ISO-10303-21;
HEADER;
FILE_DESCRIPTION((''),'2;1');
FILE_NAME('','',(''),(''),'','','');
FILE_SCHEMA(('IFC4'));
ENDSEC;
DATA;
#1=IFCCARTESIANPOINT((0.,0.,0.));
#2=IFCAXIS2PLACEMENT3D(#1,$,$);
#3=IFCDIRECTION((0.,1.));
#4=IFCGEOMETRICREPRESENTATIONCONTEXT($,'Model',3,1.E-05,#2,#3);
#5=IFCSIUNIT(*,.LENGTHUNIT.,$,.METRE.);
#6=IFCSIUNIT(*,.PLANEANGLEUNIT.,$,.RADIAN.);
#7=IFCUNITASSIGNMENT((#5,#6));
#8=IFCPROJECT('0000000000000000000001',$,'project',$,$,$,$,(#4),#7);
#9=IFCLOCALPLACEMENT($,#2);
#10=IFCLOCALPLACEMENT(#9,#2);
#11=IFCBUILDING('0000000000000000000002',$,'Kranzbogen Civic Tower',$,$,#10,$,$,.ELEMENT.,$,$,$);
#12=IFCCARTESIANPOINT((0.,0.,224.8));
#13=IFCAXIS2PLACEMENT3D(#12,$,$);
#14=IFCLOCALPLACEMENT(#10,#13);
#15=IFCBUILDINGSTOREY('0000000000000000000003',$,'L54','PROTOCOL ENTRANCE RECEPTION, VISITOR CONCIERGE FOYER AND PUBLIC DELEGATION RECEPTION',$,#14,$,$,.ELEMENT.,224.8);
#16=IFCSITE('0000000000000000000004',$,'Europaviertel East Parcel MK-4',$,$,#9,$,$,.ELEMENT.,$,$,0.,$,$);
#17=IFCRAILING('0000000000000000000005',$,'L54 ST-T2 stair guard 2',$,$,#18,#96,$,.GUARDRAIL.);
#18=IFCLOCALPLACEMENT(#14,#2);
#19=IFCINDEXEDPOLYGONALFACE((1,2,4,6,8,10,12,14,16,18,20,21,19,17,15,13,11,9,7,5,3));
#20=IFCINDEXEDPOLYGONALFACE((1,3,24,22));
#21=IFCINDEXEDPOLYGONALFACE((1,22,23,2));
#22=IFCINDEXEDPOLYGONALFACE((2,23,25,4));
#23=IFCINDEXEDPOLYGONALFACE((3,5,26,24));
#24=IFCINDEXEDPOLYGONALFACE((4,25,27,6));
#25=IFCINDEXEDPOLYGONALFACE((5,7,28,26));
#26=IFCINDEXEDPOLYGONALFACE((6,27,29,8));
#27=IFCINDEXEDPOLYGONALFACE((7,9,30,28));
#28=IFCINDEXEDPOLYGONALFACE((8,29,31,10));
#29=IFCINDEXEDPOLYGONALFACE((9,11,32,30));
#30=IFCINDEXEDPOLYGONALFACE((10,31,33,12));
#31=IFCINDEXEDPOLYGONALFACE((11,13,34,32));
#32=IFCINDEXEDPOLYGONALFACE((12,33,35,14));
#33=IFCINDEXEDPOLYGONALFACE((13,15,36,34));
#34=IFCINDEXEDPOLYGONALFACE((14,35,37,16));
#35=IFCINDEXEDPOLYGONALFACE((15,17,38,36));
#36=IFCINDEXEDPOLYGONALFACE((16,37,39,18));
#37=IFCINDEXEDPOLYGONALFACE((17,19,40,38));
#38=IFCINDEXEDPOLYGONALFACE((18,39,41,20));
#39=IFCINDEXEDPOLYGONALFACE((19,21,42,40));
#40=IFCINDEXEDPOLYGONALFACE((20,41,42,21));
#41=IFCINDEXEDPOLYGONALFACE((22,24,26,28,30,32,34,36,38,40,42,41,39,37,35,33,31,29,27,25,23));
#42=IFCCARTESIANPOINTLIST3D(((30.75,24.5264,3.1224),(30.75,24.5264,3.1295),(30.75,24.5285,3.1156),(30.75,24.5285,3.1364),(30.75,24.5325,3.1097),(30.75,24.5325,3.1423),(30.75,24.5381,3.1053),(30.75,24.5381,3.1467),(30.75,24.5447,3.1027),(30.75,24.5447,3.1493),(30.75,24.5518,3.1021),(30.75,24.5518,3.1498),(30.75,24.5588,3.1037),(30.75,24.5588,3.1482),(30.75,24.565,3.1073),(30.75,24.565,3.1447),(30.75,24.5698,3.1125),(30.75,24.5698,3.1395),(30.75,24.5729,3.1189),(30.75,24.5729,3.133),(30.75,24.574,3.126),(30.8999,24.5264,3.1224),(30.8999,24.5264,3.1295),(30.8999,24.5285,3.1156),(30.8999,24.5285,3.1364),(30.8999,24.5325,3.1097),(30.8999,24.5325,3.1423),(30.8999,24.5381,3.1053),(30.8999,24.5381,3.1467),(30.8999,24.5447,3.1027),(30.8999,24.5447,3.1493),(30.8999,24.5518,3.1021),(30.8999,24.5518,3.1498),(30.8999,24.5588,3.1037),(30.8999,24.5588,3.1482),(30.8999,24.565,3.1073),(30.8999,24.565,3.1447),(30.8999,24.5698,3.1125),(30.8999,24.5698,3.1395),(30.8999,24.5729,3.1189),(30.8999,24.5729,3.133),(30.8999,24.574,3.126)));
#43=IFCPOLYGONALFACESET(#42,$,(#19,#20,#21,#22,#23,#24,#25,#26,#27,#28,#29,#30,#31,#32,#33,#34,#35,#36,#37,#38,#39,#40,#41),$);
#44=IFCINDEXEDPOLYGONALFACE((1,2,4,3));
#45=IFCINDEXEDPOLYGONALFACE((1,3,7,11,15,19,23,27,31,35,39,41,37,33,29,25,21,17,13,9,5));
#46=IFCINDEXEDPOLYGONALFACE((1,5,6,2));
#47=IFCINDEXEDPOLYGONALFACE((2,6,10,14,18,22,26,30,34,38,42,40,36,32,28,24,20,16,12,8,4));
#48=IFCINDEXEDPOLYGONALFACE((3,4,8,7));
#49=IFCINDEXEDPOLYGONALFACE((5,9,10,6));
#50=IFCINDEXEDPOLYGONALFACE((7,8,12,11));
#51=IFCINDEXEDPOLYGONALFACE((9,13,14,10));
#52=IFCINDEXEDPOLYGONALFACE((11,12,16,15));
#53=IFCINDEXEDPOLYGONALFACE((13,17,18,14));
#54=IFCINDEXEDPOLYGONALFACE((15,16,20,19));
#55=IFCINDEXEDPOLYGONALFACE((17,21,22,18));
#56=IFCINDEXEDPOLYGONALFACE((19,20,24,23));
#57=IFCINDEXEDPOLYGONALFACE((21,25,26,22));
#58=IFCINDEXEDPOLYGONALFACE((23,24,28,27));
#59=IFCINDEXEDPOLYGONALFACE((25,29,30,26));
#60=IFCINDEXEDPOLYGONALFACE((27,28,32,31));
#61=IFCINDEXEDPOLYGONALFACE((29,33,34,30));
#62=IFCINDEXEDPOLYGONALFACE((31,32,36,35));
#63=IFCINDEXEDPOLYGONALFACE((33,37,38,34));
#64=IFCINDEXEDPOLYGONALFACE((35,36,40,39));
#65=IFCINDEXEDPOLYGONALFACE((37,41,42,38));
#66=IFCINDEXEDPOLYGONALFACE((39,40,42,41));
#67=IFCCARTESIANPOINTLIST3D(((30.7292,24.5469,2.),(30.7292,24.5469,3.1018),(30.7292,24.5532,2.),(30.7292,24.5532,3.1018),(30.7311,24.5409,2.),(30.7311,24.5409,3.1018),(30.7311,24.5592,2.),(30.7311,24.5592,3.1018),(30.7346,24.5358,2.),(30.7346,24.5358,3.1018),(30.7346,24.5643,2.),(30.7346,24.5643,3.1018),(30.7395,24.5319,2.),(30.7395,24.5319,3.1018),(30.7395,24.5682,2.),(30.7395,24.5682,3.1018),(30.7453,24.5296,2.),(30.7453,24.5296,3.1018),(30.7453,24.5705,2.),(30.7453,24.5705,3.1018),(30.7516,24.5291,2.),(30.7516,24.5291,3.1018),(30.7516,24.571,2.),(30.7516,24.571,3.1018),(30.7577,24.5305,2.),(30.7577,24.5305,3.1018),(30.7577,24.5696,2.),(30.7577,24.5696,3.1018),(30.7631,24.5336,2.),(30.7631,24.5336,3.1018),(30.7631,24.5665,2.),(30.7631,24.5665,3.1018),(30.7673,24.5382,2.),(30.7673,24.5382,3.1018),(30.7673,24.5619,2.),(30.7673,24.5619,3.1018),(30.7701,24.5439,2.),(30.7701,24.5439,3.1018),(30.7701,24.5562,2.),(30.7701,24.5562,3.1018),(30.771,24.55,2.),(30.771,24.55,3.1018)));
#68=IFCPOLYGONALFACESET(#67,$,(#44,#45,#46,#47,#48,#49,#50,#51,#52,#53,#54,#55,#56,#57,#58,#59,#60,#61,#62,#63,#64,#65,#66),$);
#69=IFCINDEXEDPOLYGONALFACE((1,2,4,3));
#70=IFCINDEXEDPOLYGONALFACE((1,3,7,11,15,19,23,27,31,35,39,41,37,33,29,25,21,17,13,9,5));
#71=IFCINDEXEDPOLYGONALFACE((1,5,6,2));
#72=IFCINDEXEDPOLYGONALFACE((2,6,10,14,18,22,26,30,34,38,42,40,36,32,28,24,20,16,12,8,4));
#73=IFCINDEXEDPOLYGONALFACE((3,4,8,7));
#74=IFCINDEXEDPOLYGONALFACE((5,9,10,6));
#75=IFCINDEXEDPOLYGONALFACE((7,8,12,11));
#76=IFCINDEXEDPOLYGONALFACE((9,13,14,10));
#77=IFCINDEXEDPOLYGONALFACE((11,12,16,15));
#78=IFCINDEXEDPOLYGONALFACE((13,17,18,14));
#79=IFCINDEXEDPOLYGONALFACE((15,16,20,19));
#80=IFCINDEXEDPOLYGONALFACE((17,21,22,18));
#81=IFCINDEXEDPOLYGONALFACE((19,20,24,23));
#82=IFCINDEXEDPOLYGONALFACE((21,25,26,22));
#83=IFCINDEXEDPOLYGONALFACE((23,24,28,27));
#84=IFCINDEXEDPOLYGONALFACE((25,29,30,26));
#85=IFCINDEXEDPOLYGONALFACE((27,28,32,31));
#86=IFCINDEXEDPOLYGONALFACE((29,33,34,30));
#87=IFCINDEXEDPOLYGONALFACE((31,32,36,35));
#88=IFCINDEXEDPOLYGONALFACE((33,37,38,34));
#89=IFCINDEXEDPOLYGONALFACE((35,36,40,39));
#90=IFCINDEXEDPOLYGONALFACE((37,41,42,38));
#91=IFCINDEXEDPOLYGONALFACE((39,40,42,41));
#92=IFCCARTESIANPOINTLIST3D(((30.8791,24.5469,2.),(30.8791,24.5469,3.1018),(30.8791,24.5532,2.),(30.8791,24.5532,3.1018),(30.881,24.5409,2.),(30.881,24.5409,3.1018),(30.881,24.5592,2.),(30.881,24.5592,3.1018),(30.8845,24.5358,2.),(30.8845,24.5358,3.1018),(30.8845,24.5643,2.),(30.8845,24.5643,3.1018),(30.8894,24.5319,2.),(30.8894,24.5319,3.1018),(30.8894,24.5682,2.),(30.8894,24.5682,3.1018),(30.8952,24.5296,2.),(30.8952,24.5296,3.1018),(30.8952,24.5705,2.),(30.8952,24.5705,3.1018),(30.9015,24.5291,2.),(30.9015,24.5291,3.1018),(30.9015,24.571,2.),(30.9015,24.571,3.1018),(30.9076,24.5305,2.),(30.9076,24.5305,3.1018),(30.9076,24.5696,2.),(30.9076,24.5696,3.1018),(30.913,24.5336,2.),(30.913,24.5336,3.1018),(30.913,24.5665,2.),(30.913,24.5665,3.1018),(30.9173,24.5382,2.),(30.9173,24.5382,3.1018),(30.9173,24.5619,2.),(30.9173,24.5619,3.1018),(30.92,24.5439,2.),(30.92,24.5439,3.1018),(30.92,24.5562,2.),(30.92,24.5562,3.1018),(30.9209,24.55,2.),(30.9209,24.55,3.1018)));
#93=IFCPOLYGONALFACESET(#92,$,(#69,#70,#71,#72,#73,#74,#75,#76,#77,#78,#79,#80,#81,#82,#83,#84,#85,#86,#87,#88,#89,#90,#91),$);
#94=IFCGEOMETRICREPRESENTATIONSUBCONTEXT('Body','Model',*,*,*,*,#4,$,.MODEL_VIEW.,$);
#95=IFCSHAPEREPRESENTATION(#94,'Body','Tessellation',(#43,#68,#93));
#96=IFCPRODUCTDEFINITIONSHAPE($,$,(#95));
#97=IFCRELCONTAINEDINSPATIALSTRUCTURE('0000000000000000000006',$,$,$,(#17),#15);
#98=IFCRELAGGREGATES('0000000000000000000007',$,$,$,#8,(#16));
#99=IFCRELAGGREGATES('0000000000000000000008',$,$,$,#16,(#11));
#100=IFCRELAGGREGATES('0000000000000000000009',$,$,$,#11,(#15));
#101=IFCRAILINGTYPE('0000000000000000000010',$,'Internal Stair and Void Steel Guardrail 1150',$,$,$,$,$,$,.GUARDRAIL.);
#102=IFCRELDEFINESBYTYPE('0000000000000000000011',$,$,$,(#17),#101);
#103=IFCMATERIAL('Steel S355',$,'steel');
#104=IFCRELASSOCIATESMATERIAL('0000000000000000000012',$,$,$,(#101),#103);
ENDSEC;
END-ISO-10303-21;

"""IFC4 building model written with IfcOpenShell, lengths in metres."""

from ifc_helpers import new_model, si_unit, direction, frame, origin, origin_2d, place, context, subcontext, project, spatial, circle, extrude, material, type_object, element, save


model = new_model("IFC4")

# Units and contexts
model_context = context("Model", 3, precision=1e-05, world=origin(), true_north=direction((0.0, 1.0)))
body_context = subcontext(model_context, "Body", "Model", "MODEL_VIEW")
ifc_project = project(units=[si_unit("LENGTHUNIT", "METRE"), si_unit("PLANEANGLEUNIT", "RADIAN")], contexts=[model_context])

# Site, building, storey
site_placement = place(None, origin())
site = spatial("IfcSite", under=ifc_project, at=site_placement, Name="Europaviertel East Parcel MK-4", CompositionType="ELEMENT", RefElevation=0.0)
building_placement = place(site_placement, origin())
building = spatial("IfcBuilding", under=site, at=building_placement, Name="Kranzbogen Civic Tower", CompositionType="ELEMENT")
storey_placement = place(building_placement, frame((0.0, 0.0, 224.8)))
storey = spatial("IfcBuildingStorey", under=building, at=storey_placement, Name="L54", Description="PROTOCOL ENTRANCE RECEPTION, VISITOR CONCIERGE FOYER AND PUBLIC DELEGATION RECEPTION", CompositionType="ELEMENT", Elevation=224.8)

# Shared definitions
ifc_material_1 = material(Name="Steel S355", Category="steel")

# Railing
railing_type = type_object("IfcRailingType", Name="Internal Stair and Void Steel Guardrail 1150", PredefinedType="GUARDRAIL", material=ifc_material_1)
railing_placement = place(storey_placement, frame((30.75, 24.55, 2.0)))
element("IfcRailing", 1, at=railing_placement, inside=storey, type_object=railing_type, Name="L54 ST-T2 stair guard 2", PredefinedType="GUARDRAIL", context=body_context, shape_type="SweptSolid", body=[
    extrude(circle(Radius=0.0239, at=origin_2d()), frame((0.0, 0.0, 1.126), z_axis=(1.0, 0.0, 0.0), x_axis=(0.0, 1.0, 0.0)), (0.0, 0.0, 1.0), 0.1499),
    extrude(circle(Radius=0.021, at=origin_2d()), origin(), (0.0, 0.0, 1.0), 1.1018),
    extrude(circle(Radius=0.021, at=origin_2d()), frame((0.1499, 0.0, 0.0)), (0.0, 0.0, 1.0), 1.1018),
])

save(model, "model.ifc")
